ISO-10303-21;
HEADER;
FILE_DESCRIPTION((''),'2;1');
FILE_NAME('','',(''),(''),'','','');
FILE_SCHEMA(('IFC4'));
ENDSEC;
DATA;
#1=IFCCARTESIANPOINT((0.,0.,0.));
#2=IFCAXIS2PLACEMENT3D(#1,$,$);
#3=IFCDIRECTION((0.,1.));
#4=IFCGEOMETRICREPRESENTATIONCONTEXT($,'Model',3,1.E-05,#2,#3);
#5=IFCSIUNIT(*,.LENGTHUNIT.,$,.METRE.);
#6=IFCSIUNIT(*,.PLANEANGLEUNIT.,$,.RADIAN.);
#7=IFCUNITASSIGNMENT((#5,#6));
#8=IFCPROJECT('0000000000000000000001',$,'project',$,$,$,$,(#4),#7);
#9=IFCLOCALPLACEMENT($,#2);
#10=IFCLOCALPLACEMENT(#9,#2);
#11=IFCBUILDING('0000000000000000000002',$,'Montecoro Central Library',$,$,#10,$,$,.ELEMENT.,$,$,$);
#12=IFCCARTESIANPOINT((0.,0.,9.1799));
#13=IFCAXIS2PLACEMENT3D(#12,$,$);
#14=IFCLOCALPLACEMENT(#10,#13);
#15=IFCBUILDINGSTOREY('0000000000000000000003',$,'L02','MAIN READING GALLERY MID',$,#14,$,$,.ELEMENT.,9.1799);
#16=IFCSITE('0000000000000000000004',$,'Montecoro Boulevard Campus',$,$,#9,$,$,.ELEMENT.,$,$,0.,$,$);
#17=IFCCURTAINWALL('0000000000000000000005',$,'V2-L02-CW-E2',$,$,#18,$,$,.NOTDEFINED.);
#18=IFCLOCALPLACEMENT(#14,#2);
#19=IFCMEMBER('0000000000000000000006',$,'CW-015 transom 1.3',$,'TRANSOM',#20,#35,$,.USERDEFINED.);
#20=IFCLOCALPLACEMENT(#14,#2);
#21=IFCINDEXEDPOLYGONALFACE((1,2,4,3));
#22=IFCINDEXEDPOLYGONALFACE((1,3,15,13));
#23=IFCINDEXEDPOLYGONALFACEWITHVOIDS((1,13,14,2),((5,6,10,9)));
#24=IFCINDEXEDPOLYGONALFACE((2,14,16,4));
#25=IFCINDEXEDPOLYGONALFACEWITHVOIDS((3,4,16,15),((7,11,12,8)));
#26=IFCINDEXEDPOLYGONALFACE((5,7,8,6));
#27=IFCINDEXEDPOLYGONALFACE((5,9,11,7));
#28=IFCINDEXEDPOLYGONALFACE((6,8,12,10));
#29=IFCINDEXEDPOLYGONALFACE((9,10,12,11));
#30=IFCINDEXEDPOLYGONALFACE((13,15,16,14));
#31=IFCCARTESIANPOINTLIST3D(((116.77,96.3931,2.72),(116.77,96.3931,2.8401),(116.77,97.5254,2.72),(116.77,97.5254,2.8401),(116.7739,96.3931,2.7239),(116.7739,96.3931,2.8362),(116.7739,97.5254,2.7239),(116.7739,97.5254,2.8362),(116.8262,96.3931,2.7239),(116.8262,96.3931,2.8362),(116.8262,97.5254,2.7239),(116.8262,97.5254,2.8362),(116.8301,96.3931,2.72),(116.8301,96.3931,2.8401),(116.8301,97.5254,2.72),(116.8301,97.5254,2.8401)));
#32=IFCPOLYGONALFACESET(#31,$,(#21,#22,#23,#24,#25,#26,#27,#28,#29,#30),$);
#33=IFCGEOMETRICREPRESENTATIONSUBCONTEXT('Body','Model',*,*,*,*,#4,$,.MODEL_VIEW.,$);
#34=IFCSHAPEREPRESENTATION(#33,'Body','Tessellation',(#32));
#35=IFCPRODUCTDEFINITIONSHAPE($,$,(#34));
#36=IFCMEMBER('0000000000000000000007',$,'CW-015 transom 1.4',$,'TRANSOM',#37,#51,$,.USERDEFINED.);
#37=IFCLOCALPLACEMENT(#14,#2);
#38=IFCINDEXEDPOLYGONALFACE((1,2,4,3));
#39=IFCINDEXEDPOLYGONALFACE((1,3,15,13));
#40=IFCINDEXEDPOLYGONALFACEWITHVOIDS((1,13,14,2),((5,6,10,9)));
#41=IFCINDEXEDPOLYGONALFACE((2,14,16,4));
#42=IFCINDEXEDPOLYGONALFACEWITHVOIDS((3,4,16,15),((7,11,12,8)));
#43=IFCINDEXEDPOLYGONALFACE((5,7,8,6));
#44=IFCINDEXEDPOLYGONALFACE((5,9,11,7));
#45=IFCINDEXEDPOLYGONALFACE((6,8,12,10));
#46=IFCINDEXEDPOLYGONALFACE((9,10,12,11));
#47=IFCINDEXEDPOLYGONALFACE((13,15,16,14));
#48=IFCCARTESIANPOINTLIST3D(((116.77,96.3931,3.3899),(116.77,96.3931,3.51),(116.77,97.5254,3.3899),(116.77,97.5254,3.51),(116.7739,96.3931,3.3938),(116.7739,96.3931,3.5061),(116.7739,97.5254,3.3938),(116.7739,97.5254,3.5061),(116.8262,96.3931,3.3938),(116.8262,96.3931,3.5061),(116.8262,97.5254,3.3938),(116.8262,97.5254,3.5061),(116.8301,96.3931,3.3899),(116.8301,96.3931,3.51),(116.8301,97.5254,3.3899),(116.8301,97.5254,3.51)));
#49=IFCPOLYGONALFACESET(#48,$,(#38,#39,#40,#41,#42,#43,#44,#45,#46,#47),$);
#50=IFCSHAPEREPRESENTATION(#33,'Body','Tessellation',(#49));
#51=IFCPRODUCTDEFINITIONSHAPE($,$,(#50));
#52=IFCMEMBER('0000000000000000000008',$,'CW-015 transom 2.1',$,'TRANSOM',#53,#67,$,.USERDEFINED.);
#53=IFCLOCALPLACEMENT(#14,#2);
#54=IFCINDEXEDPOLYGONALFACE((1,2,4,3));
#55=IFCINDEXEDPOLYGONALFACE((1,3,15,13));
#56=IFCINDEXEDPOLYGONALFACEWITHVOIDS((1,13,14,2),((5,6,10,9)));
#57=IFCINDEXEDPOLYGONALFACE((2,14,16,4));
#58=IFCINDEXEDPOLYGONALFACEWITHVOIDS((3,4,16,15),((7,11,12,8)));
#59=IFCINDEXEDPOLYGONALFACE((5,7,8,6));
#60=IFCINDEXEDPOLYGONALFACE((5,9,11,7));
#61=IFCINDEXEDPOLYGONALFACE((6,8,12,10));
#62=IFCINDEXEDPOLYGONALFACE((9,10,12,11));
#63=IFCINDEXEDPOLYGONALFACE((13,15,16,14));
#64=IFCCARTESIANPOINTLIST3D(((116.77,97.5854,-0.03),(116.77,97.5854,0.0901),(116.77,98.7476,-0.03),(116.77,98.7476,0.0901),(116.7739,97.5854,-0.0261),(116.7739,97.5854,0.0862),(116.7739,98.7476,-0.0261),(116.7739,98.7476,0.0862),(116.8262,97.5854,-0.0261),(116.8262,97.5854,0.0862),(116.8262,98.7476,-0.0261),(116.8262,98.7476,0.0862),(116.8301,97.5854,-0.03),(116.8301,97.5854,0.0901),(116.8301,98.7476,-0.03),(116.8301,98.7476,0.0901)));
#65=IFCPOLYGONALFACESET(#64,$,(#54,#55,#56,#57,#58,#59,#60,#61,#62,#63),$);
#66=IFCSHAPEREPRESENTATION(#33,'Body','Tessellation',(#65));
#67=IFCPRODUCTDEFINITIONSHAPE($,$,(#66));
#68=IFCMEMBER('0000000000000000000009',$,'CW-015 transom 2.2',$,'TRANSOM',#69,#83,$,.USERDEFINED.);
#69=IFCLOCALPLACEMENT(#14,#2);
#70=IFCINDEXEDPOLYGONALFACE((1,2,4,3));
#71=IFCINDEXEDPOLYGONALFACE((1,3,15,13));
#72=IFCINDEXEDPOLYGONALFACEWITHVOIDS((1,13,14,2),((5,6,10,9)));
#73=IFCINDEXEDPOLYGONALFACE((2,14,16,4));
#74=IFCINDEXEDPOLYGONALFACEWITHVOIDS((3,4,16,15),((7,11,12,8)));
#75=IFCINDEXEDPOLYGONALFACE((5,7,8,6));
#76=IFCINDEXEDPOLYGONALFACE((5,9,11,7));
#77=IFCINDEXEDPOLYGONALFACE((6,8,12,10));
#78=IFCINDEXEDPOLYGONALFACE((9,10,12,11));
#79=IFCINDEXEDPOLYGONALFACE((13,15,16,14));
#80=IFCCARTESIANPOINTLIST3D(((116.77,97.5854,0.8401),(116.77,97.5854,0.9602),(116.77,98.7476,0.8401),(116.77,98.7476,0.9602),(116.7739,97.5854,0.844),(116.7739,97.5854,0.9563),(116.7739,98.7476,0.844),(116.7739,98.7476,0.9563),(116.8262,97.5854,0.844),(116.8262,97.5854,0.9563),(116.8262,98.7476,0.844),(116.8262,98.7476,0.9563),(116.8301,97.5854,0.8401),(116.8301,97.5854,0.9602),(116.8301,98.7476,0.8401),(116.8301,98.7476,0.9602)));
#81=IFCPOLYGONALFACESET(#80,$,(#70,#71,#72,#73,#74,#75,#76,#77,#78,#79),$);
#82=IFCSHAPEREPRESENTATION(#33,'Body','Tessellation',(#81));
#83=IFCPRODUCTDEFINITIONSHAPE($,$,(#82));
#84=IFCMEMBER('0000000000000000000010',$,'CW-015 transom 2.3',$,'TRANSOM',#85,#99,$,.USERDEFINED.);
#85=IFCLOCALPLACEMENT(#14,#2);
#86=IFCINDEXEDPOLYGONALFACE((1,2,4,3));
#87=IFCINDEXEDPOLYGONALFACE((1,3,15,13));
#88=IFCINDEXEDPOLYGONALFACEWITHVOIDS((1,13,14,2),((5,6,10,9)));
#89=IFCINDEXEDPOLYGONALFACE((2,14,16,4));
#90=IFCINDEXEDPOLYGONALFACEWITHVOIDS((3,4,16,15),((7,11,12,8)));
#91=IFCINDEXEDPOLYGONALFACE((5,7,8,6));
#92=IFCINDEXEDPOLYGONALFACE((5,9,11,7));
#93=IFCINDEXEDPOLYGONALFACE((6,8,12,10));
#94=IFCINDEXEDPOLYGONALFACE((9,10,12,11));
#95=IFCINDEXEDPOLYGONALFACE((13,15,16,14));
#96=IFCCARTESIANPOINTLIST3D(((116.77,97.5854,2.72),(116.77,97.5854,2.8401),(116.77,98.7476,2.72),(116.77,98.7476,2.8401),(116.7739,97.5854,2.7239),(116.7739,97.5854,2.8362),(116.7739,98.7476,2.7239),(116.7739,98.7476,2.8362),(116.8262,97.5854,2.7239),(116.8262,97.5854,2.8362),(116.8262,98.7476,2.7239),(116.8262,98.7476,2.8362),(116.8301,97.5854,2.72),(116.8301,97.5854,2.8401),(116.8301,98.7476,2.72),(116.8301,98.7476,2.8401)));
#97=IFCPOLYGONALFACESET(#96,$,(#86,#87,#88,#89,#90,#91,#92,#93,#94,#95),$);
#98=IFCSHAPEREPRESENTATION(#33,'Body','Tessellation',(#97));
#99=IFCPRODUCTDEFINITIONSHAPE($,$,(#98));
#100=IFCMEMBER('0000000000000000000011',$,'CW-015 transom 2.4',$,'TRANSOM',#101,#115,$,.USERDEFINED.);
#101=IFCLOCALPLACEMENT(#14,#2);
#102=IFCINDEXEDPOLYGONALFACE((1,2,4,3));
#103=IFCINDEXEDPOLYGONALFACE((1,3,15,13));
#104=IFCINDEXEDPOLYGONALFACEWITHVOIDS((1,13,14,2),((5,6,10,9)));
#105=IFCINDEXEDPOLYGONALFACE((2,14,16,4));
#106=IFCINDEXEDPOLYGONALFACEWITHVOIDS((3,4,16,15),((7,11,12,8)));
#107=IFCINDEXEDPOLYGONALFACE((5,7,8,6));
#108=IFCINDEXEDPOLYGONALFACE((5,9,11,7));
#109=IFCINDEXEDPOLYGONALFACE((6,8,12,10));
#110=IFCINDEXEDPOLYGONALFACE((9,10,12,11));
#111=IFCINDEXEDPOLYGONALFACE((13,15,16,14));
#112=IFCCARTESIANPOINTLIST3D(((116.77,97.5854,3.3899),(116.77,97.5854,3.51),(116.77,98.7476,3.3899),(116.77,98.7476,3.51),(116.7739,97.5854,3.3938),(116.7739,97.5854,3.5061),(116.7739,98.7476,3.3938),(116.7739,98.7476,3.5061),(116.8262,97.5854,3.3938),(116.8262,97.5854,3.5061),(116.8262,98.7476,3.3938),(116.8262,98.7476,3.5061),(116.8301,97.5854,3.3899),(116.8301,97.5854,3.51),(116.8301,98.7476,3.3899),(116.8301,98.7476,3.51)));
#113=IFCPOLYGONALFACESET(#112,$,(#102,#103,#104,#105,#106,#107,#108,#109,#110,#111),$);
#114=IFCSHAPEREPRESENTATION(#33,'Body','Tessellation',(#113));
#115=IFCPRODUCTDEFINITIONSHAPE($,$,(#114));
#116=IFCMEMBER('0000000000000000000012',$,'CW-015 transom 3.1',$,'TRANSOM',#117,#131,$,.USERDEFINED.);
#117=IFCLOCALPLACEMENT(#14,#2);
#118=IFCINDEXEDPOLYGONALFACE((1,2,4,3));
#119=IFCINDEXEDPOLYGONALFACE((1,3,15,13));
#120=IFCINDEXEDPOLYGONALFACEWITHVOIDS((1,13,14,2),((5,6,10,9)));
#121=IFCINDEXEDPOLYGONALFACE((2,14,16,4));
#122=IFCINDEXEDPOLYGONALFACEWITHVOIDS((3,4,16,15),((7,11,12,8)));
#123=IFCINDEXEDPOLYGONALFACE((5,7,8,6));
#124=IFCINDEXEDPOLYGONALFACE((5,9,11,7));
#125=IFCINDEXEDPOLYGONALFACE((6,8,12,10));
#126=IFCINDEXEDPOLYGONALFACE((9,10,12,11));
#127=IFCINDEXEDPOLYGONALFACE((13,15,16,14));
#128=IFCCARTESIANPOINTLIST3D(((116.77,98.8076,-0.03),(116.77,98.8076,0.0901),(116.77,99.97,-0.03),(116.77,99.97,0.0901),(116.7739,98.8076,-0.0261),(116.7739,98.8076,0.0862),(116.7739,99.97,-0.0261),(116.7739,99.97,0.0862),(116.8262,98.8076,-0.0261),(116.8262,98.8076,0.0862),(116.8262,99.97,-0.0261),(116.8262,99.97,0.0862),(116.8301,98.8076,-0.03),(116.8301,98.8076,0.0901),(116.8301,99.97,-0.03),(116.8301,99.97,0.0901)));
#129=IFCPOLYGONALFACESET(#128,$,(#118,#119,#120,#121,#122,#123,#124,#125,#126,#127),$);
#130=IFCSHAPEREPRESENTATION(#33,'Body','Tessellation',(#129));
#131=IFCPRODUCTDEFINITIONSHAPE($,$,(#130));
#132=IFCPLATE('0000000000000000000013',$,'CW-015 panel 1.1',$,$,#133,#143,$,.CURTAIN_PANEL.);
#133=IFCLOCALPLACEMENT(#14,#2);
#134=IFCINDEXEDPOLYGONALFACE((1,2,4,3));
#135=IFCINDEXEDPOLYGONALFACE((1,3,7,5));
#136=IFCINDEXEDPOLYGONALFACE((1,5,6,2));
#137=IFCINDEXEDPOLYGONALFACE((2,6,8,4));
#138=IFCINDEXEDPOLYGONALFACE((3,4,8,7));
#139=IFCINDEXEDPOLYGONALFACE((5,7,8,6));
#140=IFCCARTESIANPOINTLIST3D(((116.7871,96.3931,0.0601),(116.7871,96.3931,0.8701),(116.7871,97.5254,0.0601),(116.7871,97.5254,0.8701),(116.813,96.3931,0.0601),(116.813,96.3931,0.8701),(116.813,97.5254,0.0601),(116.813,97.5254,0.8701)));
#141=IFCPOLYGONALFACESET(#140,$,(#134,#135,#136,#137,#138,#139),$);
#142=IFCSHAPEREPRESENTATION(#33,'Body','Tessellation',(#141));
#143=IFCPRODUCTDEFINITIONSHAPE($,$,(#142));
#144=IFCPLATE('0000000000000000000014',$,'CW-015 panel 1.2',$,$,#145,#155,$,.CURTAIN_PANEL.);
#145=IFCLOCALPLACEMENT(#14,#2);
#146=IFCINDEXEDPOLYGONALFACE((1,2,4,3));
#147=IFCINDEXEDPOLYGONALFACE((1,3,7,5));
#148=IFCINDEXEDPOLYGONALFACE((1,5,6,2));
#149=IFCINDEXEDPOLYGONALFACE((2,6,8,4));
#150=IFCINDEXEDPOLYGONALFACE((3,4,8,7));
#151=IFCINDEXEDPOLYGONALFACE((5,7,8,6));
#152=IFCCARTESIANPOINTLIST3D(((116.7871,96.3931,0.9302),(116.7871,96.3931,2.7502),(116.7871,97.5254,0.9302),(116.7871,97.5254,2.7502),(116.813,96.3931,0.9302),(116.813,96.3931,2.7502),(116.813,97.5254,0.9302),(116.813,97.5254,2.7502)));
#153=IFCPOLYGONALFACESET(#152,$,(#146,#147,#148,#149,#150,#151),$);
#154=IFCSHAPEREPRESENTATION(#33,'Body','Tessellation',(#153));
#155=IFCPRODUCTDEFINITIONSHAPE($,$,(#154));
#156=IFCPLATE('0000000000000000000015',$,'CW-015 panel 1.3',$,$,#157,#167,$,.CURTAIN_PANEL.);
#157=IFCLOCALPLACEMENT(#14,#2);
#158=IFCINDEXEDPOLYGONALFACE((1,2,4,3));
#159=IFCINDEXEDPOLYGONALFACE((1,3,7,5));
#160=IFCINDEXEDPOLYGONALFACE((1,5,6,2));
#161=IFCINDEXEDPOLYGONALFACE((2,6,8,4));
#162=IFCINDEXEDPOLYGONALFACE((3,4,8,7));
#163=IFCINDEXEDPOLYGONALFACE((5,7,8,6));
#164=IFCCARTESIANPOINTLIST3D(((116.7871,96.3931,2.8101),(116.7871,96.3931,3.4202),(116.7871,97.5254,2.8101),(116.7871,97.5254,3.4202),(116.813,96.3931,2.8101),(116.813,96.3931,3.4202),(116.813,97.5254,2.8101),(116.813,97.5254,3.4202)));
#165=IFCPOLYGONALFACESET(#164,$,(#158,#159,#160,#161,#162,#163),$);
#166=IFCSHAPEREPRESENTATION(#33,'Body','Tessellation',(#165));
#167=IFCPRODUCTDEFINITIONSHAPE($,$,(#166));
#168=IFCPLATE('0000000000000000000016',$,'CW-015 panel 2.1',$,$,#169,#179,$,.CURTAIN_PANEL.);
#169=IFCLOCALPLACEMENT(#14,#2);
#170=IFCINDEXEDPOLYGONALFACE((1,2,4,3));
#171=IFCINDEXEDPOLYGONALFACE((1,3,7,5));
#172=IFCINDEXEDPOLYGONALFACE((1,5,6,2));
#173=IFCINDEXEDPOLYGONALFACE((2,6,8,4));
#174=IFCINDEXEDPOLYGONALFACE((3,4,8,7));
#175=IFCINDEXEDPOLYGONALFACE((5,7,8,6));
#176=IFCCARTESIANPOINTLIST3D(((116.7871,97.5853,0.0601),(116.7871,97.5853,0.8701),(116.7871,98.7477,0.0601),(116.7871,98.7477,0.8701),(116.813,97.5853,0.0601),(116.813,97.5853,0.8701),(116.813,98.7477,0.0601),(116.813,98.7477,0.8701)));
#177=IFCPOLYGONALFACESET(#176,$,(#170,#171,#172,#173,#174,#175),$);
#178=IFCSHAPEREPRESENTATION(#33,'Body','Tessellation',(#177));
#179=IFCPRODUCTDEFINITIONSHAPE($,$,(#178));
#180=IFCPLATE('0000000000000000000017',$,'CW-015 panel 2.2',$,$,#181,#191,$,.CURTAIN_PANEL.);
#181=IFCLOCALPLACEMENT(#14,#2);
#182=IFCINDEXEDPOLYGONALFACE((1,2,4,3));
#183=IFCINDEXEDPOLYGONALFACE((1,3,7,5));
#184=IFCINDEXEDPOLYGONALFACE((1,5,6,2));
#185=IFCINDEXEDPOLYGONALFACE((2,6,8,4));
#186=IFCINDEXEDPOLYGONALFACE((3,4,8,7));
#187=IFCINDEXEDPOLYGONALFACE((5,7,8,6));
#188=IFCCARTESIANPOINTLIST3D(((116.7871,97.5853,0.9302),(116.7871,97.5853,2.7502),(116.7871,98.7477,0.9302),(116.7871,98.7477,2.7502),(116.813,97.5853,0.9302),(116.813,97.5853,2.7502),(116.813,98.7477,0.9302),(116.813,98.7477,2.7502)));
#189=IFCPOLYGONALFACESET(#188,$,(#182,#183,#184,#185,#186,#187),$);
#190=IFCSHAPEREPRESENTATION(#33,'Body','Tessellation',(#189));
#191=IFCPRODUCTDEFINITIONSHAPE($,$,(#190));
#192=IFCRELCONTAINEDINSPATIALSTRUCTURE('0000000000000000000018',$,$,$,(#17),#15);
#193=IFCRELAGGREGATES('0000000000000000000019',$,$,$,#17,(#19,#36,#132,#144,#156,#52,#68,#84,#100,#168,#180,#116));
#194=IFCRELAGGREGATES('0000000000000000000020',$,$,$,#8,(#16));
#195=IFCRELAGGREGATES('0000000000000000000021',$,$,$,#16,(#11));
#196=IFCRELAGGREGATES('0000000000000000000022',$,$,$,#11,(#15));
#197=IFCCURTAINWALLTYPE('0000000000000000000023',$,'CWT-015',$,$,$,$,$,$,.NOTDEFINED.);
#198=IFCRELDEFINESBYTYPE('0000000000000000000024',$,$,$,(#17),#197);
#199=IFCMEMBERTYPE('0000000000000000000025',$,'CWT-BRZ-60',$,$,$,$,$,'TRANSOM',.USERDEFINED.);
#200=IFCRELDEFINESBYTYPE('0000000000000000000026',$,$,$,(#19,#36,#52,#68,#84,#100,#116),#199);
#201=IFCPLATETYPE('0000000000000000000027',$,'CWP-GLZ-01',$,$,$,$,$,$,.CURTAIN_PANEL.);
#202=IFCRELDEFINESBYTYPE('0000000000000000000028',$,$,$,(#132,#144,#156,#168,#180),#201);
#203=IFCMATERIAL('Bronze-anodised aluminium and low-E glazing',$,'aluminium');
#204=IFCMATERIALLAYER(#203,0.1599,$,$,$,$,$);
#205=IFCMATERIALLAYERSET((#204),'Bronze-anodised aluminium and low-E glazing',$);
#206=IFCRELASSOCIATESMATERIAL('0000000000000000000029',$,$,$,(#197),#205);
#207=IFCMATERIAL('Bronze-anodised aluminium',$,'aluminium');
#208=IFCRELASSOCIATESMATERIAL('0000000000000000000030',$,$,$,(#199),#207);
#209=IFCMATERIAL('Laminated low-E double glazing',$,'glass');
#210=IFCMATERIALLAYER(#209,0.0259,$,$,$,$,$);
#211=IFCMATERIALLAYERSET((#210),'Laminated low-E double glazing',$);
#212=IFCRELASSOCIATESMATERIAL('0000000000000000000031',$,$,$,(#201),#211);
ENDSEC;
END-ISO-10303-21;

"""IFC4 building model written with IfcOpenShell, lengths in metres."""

from ifc_helpers import new_model, si_unit, direction, frame, origin, origin_2d, place, context, subcontext, project, spatial, rectangle, hollow_rectangle, extrude, material, layer, layer_set, material_profile, profile_set, type_object, element, aggregate, save


model = new_model("IFC4")

# Units and contexts
model_context = context("Model", 3, precision=1e-05, world=origin(), true_north=direction((0.0, 1.0)))
body_context = subcontext(model_context, "Body", "Model", "MODEL_VIEW")
ifc_project = project(units=[si_unit("LENGTHUNIT", "METRE"), si_unit("PLANEANGLEUNIT", "RADIAN")], contexts=[model_context])

# Site, building, storey
site_placement = place(None, origin())
site = spatial("IfcSite", under=ifc_project, at=site_placement, Name="Montecoro Boulevard Campus", CompositionType="ELEMENT", RefElevation=0.0)
building_placement = place(site_placement, origin())
building = spatial("IfcBuilding", under=site, at=building_placement, Name="Montecoro Central Library", CompositionType="ELEMENT")
storey_placement = place(building_placement, frame((0.0, 0.0, 9.1799)))
storey = spatial("IfcBuildingStorey", under=building, at=storey_placement, Name="L02", Description="MAIN READING GALLERY MID", CompositionType="ELEMENT", Elevation=9.1799)

# Shared definitions
ifc_material_1 = material(Name="Bronze-anodised aluminium and low-E glazing", Category="aluminium")
ifc_layer_1 = layer(ifc_material_1, 0.1599)
ifc_layer_set_1 = layer_set([ifc_layer_1], Name="Bronze-anodised aluminium and low-E glazing")
curtain_wall_type = type_object("IfcCurtainWallType", Name="CWT-015", PredefinedType="NOTDEFINED", material=ifc_layer_set_1)
ifc_material_2 = material(Name="Bronze-anodised aluminium", Category="aluminium")

# Curtain wall, members, plates
curtain_wall_1_placement = place(storey_placement, origin())
curtain_wall_1 = element("IfcCurtainWall", 1, at=curtain_wall_1_placement, inside=storey, type_object=curtain_wall_type, Name="V2-L02-CW-E2", PredefinedType="NOTDEFINED")
ifc_material_profile_1 = material_profile(ifc_material_2, hollow_rectangle(XDim=0.0601, YDim=0.1201, WallThickness=0.0039, at=origin_2d()), Name="CWT 120x60x4.0")
ifc_profile_set_1 = profile_set([ifc_material_profile_1], Name="Bronze-anodised aluminium")
member_type_1 = type_object("IfcMemberType", Name="CWT-BRZ-60", ElementType="TRANSOM", PredefinedType="USERDEFINED", material=ifc_profile_set_1)
member_1_placement = place(storey_placement, frame((116.8, 96.3931, 2.78), z_axis=(0.0, 1.0, 0.0), x_axis=(-1.0, 0.0, 0.0)))
member_1 = element("IfcMember", 2, at=member_1_placement, type_object=member_type_1, Name="CW-015 transom 1.3", ObjectType="TRANSOM", PredefinedType="USERDEFINED", context=body_context, shape_type="SweptSolid", body=[
    extrude(hollow_rectangle(XDim=0.0601, YDim=0.1201, WallThickness=0.0039, at=origin_2d()), origin(), (0.0, 0.0, 1.0), 1.1323),
])
member_2_placement = place(storey_placement, frame((116.8, 96.3931, 3.45), z_axis=(0.0, 1.0, 0.0), x_axis=(-1.0, 0.0, 0.0)))
member_2 = element("IfcMember", 3, at=member_2_placement, type_object=member_type_1, Name="CW-015 transom 1.4", ObjectType="TRANSOM", PredefinedType="USERDEFINED", context=body_context, shape_type="SweptSolid", body=[
    extrude(hollow_rectangle(XDim=0.0601, YDim=0.1201, WallThickness=0.0039, at=origin_2d()), origin(), (0.0, 0.0, 1.0), 1.1323),
])
member_3_placement = place(storey_placement, frame((116.8, 97.5854, 0.03), z_axis=(0.0, 1.0, 0.0), x_axis=(-1.0, 0.0, 0.0)))
member_3 = element("IfcMember", 4, at=member_3_placement, type_object=member_type_1, Name="CW-015 transom 2.1", ObjectType="TRANSOM", PredefinedType="USERDEFINED", context=body_context, shape_type="SweptSolid", body=[
    extrude(hollow_rectangle(XDim=0.0601, YDim=0.1201, WallThickness=0.0039, at=origin_2d()), origin(), (0.0, 0.0, 1.0), 1.1621),
])
member_4_placement = place(storey_placement, frame((116.8, 97.5854, 0.9001), z_axis=(0.0, 1.0, 0.0), x_axis=(-1.0, 0.0, 0.0)))
member_4 = element("IfcMember", 5, at=member_4_placement, type_object=member_type_1, Name="CW-015 transom 2.2", ObjectType="TRANSOM", PredefinedType="USERDEFINED", context=body_context, shape_type="SweptSolid", body=[
    extrude(hollow_rectangle(XDim=0.0601, YDim=0.1201, WallThickness=0.0039, at=origin_2d()), origin(), (0.0, 0.0, 1.0), 1.1621),
])
member_5_placement = place(storey_placement, frame((116.8, 97.5854, 2.78), z_axis=(0.0, 1.0, 0.0), x_axis=(-1.0, 0.0, 0.0)))
member_5 = element("IfcMember", 6, at=member_5_placement, type_object=member_type_1, Name="CW-015 transom 2.3", ObjectType="TRANSOM", PredefinedType="USERDEFINED", context=body_context, shape_type="SweptSolid", body=[
    extrude(hollow_rectangle(XDim=0.0601, YDim=0.1201, WallThickness=0.0039, at=origin_2d()), origin(), (0.0, 0.0, 1.0), 1.1621),
])
member_6_placement = place(storey_placement, frame((116.8, 97.5854, 3.45), z_axis=(0.0, 1.0, 0.0), x_axis=(-1.0, 0.0, 0.0)))
member_6 = element("IfcMember", 7, at=member_6_placement, type_object=member_type_1, Name="CW-015 transom 2.4", ObjectType="TRANSOM", PredefinedType="USERDEFINED", context=body_context, shape_type="SweptSolid", body=[
    extrude(hollow_rectangle(XDim=0.0601, YDim=0.1201, WallThickness=0.0039, at=origin_2d()), origin(), (0.0, 0.0, 1.0), 1.1621),
])
member_7_placement = place(storey_placement, frame((116.8, 98.8076, 0.03), z_axis=(0.0, 1.0, 0.0), x_axis=(-1.0, 0.0, 0.0)))
member_7 = element("IfcMember", 8, at=member_7_placement, type_object=member_type_1, Name="CW-015 transom 3.1", ObjectType="TRANSOM", PredefinedType="USERDEFINED", context=body_context, shape_type="SweptSolid", body=[
    extrude(hollow_rectangle(XDim=0.0601, YDim=0.1201, WallThickness=0.0039, at=origin_2d()), origin(), (0.0, 0.0, 1.0), 1.1624),
])
ifc_material_3 = material(Name="Laminated low-E double glazing", Category="glass")
ifc_layer_2 = layer(ifc_material_3, 0.0259)
ifc_layer_set_2 = layer_set([ifc_layer_2], Name="Laminated low-E double glazing")
plate_type_1 = type_object("IfcPlateType", Name="CWP-GLZ-01", PredefinedType="CURTAIN_PANEL", material=ifc_layer_set_2)
plate_1_placement = place(storey_placement, frame((116.8, 96.9592, 0.0601), z_axis=(0.0, 0.0, 1.0), x_axis=(0.0, 1.0, 0.0)))
plate_1 = element("IfcPlate", 9, at=plate_1_placement, type_object=plate_type_1, Name="CW-015 panel 1.1", PredefinedType="CURTAIN_PANEL", context=body_context, shape_type="SweptSolid", body=[
    extrude(rectangle(XDim=1.1323, YDim=0.0259, at=origin_2d()), origin(), (0.0, 0.0, 1.0), 0.8101),
])
plate_2_placement = place(storey_placement, frame((116.8, 96.9592, 0.9302), z_axis=(0.0, 0.0, 1.0), x_axis=(0.0, 1.0, 0.0)))
plate_2 = element("IfcPlate", 10, at=plate_2_placement, type_object=plate_type_1, Name="CW-015 panel 1.2", PredefinedType="CURTAIN_PANEL", context=body_context, shape_type="SweptSolid", body=[
    extrude(rectangle(XDim=1.1323, YDim=0.0259, at=origin_2d()), origin(), (0.0, 0.0, 1.0), 1.8201),
])
plate_3_placement = place(storey_placement, frame((116.8, 96.9592, 2.8101), z_axis=(0.0, 0.0, 1.0), x_axis=(0.0, 1.0, 0.0)))
plate_3 = element("IfcPlate", 11, at=plate_3_placement, type_object=plate_type_1, Name="CW-015 panel 1.3", PredefinedType="CURTAIN_PANEL", context=body_context, shape_type="SweptSolid", body=[
    extrude(rectangle(XDim=1.1323, YDim=0.0259, at=origin_2d()), origin(), (0.0, 0.0, 1.0), 0.6101),
])
plate_4_placement = place(storey_placement, frame((116.8, 98.1665, 0.0601), z_axis=(0.0, 0.0, 1.0), x_axis=(0.0, 1.0, 0.0)))
plate_4 = element("IfcPlate", 12, at=plate_4_placement, type_object=plate_type_1, Name="CW-015 panel 2.1", PredefinedType="CURTAIN_PANEL", context=body_context, shape_type="SweptSolid", body=[
    extrude(rectangle(XDim=1.1624, YDim=0.0259, at=origin_2d()), origin(), (0.0, 0.0, 1.0), 0.8101),
])
plate_5_placement = place(storey_placement, frame((116.8, 98.1665, 0.9302), z_axis=(0.0, 0.0, 1.0), x_axis=(0.0, 1.0, 0.0)))
plate_5 = element("IfcPlate", 13, at=plate_5_placement, type_object=plate_type_1, Name="CW-015 panel 2.2", PredefinedType="CURTAIN_PANEL", context=body_context, shape_type="SweptSolid", body=[
    extrude(rectangle(XDim=1.1624, YDim=0.0259, at=origin_2d()), origin(), (0.0, 0.0, 1.0), 1.8201),
])
aggregate(curtain_wall_1, [member_1, member_2, plate_1, plate_2, plate_3, member_3, member_4, member_5, member_6, plate_4, plate_5, member_7])

save(model, "model.ifc")
